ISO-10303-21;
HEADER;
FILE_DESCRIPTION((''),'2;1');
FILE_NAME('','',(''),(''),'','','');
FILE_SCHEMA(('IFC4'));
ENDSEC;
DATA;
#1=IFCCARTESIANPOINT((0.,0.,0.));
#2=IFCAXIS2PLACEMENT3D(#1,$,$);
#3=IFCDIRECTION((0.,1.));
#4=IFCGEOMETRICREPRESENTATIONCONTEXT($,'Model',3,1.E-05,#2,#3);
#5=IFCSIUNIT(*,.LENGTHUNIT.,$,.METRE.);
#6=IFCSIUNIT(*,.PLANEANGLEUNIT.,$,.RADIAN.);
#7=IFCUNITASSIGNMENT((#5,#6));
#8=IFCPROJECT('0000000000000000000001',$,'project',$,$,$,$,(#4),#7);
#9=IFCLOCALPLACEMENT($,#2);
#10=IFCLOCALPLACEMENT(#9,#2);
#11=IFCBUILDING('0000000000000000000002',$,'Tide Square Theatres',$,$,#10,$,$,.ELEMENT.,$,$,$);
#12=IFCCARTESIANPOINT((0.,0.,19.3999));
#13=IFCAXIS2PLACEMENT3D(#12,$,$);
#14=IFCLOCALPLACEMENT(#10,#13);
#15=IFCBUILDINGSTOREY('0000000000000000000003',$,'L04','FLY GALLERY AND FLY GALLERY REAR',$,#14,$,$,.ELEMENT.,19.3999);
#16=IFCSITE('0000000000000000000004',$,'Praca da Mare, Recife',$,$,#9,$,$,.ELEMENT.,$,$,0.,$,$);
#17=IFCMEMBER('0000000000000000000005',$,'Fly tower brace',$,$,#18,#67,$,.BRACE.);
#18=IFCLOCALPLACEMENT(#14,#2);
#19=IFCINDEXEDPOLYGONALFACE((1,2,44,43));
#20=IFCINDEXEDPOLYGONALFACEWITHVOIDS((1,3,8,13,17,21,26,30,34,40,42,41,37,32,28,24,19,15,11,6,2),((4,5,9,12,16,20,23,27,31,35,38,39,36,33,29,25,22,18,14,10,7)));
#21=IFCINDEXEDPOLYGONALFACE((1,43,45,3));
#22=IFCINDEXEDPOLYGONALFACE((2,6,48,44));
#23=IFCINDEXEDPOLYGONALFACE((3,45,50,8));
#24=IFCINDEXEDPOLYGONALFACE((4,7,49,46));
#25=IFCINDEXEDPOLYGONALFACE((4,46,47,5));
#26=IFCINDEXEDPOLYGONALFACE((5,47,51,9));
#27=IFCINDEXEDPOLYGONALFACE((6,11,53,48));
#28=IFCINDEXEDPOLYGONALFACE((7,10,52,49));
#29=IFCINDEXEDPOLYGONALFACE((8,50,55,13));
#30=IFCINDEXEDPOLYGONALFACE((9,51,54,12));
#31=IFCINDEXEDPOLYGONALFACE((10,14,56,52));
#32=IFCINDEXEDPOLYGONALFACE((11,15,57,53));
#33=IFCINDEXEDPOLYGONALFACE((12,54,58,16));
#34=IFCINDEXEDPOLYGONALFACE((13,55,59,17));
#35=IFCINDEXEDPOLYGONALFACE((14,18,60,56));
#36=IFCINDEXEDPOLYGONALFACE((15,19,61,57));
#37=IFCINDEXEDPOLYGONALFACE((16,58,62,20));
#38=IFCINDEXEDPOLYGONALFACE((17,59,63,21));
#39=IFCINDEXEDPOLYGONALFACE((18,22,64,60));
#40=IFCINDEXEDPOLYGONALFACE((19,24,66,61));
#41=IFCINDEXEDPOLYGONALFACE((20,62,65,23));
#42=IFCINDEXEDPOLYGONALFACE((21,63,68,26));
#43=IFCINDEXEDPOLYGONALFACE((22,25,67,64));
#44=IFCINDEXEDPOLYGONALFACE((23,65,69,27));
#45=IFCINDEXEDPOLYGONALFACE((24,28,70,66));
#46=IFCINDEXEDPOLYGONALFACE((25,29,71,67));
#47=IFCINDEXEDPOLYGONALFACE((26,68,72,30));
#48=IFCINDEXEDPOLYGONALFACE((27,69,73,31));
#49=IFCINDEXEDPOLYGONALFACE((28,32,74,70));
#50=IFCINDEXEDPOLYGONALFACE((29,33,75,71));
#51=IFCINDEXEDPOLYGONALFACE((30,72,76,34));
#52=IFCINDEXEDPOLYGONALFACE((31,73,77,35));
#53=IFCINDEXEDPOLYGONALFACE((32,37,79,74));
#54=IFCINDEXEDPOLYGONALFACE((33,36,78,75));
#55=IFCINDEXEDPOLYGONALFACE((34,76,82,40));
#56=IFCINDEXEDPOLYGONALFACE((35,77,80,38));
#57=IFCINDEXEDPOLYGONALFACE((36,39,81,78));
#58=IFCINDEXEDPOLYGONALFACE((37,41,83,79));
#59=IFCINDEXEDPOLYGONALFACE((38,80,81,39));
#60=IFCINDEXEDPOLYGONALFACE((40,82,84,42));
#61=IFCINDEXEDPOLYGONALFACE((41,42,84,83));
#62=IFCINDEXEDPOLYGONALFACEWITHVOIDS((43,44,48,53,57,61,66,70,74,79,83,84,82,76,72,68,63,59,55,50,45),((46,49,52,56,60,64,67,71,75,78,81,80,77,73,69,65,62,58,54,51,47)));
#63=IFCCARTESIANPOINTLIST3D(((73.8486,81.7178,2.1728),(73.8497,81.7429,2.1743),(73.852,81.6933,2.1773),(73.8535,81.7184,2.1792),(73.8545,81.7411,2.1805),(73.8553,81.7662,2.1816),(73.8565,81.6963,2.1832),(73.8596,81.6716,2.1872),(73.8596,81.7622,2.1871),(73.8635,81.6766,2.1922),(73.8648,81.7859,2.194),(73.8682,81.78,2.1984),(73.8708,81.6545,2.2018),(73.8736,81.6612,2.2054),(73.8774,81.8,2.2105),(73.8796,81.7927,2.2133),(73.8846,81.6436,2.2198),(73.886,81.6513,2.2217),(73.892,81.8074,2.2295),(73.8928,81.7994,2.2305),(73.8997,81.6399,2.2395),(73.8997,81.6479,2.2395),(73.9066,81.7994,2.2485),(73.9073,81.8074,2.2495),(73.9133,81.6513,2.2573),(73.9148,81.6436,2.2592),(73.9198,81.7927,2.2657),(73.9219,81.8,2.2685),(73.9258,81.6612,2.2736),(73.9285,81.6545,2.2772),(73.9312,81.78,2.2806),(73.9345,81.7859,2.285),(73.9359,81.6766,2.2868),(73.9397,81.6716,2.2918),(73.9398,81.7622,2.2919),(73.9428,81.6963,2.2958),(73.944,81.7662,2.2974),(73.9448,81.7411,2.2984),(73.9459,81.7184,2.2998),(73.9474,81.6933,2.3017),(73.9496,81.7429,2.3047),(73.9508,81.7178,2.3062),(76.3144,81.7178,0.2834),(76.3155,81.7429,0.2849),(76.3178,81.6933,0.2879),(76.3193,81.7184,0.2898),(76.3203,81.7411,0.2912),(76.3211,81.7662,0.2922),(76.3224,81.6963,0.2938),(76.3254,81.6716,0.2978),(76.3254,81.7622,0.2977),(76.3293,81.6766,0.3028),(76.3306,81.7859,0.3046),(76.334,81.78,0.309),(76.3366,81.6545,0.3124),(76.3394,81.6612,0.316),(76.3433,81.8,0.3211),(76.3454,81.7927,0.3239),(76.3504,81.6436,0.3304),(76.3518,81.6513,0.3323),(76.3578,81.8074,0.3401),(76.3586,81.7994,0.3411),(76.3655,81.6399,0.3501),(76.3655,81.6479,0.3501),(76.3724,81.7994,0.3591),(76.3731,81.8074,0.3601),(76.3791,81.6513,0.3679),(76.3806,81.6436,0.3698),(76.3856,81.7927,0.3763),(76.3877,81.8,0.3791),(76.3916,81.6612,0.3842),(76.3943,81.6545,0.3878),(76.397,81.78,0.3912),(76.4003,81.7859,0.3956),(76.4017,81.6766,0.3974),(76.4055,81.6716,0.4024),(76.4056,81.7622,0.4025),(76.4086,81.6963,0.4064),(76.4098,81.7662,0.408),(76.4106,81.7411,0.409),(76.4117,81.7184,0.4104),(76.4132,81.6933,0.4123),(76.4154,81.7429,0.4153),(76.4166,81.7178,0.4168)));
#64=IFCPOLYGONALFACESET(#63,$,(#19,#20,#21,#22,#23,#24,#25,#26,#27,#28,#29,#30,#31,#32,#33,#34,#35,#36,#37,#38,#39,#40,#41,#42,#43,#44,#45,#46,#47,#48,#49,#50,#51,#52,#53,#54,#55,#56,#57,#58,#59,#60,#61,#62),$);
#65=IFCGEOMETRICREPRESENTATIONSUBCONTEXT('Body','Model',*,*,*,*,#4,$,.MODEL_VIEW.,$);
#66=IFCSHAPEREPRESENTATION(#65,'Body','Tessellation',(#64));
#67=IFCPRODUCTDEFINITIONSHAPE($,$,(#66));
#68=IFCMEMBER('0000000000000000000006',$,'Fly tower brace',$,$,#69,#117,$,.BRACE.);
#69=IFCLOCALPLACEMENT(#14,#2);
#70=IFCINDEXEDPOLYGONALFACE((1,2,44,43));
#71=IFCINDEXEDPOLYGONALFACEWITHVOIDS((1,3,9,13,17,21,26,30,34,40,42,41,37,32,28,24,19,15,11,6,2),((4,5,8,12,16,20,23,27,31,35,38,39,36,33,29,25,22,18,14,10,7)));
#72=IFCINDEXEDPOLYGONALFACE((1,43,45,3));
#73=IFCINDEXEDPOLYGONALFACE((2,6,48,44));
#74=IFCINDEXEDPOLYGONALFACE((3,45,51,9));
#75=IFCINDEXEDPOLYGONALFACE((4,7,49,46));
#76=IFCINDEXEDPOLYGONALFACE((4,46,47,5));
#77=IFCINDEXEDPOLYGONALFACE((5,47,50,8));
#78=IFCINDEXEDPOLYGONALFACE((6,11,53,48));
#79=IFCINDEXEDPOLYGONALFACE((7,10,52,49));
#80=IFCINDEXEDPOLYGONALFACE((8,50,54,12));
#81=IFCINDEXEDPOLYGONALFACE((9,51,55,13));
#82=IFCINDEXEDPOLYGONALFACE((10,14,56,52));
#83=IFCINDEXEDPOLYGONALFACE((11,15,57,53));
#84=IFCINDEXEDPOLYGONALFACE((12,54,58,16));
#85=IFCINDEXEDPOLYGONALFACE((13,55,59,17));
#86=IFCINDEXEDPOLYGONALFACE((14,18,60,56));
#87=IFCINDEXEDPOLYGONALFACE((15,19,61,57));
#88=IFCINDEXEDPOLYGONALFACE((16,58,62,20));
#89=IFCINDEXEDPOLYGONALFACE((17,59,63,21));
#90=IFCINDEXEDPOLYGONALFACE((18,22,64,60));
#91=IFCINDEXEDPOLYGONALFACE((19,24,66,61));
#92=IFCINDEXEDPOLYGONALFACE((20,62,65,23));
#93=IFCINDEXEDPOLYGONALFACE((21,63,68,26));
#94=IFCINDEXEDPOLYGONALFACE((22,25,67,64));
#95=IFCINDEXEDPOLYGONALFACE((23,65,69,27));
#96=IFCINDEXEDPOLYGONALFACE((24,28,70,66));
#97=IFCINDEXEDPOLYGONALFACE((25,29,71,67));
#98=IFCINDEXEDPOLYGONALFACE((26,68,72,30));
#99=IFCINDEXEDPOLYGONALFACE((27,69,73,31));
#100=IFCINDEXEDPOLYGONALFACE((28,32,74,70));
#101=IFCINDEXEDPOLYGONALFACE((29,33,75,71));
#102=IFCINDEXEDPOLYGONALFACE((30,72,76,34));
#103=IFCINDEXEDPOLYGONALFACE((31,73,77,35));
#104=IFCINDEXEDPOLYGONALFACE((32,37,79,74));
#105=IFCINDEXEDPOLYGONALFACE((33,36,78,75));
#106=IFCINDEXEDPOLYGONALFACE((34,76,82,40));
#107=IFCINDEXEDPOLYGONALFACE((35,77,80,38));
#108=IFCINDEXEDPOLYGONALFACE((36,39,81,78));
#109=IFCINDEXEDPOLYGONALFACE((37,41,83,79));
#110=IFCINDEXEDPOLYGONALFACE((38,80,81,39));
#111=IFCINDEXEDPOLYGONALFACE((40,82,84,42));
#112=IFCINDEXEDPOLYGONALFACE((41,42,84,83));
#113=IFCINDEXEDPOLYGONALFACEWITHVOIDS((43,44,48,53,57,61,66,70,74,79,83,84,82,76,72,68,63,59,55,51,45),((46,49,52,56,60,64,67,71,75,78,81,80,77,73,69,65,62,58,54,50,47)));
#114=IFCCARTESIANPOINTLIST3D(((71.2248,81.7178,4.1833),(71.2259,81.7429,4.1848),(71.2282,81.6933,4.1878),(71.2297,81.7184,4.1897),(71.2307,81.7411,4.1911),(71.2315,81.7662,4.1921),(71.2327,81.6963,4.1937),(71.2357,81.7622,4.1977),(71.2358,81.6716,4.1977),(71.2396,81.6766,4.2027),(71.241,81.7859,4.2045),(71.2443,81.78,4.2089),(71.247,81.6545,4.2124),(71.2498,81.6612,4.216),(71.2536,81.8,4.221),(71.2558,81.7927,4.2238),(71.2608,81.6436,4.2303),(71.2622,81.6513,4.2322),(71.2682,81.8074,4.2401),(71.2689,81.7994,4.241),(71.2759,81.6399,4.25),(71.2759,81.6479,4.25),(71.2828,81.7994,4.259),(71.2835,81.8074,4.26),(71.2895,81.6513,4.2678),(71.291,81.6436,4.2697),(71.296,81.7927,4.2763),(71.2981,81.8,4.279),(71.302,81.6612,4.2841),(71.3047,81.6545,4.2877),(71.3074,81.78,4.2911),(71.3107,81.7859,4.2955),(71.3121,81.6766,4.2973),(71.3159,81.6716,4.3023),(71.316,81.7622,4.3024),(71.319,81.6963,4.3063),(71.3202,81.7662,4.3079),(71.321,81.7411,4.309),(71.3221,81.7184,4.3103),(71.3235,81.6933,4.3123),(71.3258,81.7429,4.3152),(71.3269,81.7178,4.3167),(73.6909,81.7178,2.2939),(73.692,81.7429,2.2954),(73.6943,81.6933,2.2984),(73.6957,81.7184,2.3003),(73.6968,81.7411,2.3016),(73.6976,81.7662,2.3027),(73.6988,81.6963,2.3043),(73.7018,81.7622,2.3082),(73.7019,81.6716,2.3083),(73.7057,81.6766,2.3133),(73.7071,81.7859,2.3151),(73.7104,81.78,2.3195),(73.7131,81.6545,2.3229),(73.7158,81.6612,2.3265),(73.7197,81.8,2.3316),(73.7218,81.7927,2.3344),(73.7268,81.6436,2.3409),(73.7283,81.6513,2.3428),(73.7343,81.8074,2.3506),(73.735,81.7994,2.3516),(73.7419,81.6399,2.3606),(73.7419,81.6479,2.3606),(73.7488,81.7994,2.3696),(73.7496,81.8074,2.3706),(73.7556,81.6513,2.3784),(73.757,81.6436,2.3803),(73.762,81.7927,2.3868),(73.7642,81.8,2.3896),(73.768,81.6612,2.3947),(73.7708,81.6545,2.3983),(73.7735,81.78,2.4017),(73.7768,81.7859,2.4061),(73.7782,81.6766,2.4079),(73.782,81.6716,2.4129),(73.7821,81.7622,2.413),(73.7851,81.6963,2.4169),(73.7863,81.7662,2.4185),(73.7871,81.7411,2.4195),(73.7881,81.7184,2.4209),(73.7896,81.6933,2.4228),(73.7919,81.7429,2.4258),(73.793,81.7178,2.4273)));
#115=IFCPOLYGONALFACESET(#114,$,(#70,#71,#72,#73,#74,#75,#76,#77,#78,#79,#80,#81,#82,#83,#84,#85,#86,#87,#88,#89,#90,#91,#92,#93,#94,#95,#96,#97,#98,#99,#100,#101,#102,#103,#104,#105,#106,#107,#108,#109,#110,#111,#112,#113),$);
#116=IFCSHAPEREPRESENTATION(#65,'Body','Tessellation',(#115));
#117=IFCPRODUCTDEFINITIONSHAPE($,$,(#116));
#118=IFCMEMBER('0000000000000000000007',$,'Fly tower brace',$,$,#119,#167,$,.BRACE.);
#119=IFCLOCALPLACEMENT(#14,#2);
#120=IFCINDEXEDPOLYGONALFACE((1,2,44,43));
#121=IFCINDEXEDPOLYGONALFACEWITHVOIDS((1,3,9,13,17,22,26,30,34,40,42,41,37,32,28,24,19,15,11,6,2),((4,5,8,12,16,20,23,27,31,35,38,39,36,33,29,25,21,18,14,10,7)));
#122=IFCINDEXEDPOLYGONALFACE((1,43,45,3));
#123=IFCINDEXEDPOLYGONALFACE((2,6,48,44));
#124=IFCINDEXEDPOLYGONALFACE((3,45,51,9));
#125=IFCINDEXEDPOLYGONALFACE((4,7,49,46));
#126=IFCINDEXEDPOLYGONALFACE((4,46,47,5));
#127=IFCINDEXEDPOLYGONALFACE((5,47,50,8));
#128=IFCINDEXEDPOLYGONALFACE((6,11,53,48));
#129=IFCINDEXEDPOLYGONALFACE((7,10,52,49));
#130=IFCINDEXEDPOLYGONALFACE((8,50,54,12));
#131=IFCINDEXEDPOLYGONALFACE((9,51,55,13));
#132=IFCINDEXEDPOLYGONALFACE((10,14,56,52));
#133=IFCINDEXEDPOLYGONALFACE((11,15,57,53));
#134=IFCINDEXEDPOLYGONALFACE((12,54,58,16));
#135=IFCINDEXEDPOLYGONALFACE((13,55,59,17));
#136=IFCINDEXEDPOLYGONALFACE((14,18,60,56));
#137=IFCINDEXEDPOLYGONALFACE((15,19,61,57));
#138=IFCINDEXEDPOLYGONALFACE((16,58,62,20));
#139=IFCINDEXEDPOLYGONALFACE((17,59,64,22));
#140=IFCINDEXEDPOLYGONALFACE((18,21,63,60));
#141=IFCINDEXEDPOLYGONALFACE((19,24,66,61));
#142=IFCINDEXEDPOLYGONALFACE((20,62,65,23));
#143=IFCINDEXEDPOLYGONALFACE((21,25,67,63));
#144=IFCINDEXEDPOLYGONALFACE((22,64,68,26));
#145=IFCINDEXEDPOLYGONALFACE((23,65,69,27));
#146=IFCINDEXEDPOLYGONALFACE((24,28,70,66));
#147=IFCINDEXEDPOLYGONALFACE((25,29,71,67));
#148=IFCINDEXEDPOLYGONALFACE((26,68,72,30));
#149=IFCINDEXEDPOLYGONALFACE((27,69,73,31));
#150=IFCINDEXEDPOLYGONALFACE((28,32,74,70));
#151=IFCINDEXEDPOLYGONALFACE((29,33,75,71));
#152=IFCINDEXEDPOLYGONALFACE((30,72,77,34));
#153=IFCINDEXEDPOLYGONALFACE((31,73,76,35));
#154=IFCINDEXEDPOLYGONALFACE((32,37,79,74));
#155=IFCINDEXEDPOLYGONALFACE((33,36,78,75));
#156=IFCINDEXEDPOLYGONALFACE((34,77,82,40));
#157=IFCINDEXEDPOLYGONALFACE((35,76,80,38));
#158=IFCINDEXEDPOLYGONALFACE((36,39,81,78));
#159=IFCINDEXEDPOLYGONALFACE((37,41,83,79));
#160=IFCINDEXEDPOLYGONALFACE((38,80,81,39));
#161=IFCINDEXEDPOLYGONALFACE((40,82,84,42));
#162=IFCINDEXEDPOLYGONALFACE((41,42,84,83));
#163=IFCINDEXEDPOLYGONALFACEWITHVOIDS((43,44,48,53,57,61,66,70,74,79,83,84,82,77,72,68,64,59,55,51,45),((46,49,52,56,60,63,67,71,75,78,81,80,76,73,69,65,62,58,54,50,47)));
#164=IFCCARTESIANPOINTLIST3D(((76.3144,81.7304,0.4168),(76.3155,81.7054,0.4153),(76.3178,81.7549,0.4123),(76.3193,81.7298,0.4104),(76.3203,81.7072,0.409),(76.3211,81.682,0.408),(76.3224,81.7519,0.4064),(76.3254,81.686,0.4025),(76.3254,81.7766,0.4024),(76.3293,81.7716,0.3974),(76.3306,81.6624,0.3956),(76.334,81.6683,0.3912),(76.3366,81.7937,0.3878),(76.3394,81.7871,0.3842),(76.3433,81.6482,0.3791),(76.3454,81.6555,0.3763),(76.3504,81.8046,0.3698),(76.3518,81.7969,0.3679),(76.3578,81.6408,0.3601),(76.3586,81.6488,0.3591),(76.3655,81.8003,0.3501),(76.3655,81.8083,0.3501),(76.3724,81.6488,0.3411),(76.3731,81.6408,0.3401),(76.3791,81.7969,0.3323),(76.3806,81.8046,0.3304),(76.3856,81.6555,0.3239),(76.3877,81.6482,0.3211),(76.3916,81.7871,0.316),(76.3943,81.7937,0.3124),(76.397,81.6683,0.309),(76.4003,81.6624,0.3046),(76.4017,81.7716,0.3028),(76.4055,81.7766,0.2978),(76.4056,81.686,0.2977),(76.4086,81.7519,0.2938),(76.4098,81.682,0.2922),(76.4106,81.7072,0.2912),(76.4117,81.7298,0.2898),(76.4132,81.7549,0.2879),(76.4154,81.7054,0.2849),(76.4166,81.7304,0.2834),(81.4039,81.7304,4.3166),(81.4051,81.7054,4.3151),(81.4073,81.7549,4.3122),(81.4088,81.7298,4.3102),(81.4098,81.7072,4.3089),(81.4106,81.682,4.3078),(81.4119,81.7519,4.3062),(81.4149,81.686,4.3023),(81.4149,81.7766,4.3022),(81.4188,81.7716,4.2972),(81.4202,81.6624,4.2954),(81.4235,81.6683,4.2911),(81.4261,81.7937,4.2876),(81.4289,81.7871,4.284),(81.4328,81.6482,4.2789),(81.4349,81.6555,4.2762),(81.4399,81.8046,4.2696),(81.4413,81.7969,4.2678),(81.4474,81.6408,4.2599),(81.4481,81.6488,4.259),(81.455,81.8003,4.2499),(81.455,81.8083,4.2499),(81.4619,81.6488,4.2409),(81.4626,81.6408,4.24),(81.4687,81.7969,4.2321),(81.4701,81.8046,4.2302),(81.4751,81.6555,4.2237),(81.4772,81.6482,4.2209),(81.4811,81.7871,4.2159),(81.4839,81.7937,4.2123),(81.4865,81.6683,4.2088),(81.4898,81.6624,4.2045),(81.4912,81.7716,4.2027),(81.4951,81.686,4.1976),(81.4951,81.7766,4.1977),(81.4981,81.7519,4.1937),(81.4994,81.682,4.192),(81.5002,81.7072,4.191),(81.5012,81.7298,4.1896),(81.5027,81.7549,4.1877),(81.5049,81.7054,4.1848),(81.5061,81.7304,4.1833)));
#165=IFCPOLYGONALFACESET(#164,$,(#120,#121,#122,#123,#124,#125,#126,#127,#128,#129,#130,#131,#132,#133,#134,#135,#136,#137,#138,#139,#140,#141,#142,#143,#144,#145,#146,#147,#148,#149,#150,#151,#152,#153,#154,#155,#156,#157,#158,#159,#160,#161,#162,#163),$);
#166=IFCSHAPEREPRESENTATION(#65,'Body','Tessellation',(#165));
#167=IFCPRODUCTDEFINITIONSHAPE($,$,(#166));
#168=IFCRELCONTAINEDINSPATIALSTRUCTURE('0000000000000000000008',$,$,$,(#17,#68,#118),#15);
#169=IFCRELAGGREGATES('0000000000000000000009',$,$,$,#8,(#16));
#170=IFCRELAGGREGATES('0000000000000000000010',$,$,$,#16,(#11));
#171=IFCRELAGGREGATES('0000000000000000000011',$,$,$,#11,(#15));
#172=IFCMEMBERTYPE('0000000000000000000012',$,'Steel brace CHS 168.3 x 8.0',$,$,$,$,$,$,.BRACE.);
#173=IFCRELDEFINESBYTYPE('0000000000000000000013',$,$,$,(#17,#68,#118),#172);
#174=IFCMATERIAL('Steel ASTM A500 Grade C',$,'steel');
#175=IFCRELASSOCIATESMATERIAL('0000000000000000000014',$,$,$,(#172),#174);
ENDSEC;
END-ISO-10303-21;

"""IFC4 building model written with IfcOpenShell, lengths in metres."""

from ifc_helpers import new_model, si_unit, direction, frame, origin, origin_2d, place, context, subcontext, project, spatial, hollow_circle, extrude, material, material_profile, profile_set, type_object, element, save


model = new_model("IFC4")

# Units and contexts
model_context = context("Model", 3, precision=1e-05, world=origin(), true_north=direction((0.0, 1.0)))
body_context = subcontext(model_context, "Body", "Model", "MODEL_VIEW")
ifc_project = project(units=[si_unit("LENGTHUNIT", "METRE"), si_unit("PLANEANGLEUNIT", "RADIAN")], contexts=[model_context])

# Site, building, storey
site_placement = place(None, origin())
site = spatial("IfcSite", under=ifc_project, at=site_placement, Name="Praca da Mare, Recife", CompositionType="ELEMENT", RefElevation=0.0)
building_placement = place(site_placement, origin())
building = spatial("IfcBuilding", under=site, at=building_placement, Name="Tide Square Theatres", CompositionType="ELEMENT")
storey_placement = place(building_placement, frame((0.0, 0.0, 19.3999)))
storey = spatial("IfcBuildingStorey", under=building, at=storey_placement, Name="L04", Description="FLY GALLERY AND FLY GALLERY REAR", CompositionType="ELEMENT", Elevation=19.3999)

# Members
ifc_material_1 = material(Name="Steel ASTM A500 Grade C", Category="steel")
ifc_material_profile_1 = material_profile(ifc_material_1, hollow_circle(Radius=0.0842, WallThickness=0.0081, at=origin_2d()))
ifc_profile_set_1 = profile_set([ifc_material_profile_1], Name="Steel ASTM A500 Grade C")
member_type = type_object("IfcMemberType", Name="Steel brace CHS 168.3 x 8.0", PredefinedType="BRACE", material=ifc_profile_set_1)
member_1_placement = place(storey_placement, frame((76.3655, 81.7241, 0.3501), z_axis=(-0.793771, 0.0, 0.608217), x_axis=(0.0, -1.0, 0.0)))
element("IfcMember", 1, at=member_1_placement, inside=storey, type_object=member_type, Name="Fly tower brace", PredefinedType="BRACE", context=body_context, shape_type="SweptSolid", body=[
    extrude(hollow_circle(Radius=0.0842, WallThickness=0.0081, at=origin_2d()), origin(), (0.0, 0.0, 1.0), 3.1064),
])
member_2_placement = place(storey_placement, frame((73.7419, 81.7241, 2.3606), z_axis=(-0.7938, 0.0, 0.608179), x_axis=(0.0, -1.0, 0.0)))
element("IfcMember", 2, at=member_2_placement, inside=storey, type_object=member_type, Name="Fly tower brace", PredefinedType="BRACE", context=body_context, shape_type="SweptSolid", body=[
    extrude(hollow_circle(Radius=0.0842, WallThickness=0.0081, at=origin_2d()), origin(), (0.0, 0.0, 1.0), 3.1067),
])
member_3_placement = place(storey_placement, frame((76.3655, 81.7241, 0.3501), z_axis=(0.793766, 0.0, 0.608223), x_axis=(0.0, 1.0, 0.0)))
element("IfcMember", 3, at=member_3_placement, inside=storey, type_object=member_type, Name="Fly tower brace", PredefinedType="BRACE", context=body_context, shape_type="SweptSolid", body=[
    extrude(hollow_circle(Radius=0.0842, WallThickness=0.0081, at=origin_2d()), origin(), (0.0, 0.0, 1.0), 6.4119),
])

save(model, "model.ifc")
